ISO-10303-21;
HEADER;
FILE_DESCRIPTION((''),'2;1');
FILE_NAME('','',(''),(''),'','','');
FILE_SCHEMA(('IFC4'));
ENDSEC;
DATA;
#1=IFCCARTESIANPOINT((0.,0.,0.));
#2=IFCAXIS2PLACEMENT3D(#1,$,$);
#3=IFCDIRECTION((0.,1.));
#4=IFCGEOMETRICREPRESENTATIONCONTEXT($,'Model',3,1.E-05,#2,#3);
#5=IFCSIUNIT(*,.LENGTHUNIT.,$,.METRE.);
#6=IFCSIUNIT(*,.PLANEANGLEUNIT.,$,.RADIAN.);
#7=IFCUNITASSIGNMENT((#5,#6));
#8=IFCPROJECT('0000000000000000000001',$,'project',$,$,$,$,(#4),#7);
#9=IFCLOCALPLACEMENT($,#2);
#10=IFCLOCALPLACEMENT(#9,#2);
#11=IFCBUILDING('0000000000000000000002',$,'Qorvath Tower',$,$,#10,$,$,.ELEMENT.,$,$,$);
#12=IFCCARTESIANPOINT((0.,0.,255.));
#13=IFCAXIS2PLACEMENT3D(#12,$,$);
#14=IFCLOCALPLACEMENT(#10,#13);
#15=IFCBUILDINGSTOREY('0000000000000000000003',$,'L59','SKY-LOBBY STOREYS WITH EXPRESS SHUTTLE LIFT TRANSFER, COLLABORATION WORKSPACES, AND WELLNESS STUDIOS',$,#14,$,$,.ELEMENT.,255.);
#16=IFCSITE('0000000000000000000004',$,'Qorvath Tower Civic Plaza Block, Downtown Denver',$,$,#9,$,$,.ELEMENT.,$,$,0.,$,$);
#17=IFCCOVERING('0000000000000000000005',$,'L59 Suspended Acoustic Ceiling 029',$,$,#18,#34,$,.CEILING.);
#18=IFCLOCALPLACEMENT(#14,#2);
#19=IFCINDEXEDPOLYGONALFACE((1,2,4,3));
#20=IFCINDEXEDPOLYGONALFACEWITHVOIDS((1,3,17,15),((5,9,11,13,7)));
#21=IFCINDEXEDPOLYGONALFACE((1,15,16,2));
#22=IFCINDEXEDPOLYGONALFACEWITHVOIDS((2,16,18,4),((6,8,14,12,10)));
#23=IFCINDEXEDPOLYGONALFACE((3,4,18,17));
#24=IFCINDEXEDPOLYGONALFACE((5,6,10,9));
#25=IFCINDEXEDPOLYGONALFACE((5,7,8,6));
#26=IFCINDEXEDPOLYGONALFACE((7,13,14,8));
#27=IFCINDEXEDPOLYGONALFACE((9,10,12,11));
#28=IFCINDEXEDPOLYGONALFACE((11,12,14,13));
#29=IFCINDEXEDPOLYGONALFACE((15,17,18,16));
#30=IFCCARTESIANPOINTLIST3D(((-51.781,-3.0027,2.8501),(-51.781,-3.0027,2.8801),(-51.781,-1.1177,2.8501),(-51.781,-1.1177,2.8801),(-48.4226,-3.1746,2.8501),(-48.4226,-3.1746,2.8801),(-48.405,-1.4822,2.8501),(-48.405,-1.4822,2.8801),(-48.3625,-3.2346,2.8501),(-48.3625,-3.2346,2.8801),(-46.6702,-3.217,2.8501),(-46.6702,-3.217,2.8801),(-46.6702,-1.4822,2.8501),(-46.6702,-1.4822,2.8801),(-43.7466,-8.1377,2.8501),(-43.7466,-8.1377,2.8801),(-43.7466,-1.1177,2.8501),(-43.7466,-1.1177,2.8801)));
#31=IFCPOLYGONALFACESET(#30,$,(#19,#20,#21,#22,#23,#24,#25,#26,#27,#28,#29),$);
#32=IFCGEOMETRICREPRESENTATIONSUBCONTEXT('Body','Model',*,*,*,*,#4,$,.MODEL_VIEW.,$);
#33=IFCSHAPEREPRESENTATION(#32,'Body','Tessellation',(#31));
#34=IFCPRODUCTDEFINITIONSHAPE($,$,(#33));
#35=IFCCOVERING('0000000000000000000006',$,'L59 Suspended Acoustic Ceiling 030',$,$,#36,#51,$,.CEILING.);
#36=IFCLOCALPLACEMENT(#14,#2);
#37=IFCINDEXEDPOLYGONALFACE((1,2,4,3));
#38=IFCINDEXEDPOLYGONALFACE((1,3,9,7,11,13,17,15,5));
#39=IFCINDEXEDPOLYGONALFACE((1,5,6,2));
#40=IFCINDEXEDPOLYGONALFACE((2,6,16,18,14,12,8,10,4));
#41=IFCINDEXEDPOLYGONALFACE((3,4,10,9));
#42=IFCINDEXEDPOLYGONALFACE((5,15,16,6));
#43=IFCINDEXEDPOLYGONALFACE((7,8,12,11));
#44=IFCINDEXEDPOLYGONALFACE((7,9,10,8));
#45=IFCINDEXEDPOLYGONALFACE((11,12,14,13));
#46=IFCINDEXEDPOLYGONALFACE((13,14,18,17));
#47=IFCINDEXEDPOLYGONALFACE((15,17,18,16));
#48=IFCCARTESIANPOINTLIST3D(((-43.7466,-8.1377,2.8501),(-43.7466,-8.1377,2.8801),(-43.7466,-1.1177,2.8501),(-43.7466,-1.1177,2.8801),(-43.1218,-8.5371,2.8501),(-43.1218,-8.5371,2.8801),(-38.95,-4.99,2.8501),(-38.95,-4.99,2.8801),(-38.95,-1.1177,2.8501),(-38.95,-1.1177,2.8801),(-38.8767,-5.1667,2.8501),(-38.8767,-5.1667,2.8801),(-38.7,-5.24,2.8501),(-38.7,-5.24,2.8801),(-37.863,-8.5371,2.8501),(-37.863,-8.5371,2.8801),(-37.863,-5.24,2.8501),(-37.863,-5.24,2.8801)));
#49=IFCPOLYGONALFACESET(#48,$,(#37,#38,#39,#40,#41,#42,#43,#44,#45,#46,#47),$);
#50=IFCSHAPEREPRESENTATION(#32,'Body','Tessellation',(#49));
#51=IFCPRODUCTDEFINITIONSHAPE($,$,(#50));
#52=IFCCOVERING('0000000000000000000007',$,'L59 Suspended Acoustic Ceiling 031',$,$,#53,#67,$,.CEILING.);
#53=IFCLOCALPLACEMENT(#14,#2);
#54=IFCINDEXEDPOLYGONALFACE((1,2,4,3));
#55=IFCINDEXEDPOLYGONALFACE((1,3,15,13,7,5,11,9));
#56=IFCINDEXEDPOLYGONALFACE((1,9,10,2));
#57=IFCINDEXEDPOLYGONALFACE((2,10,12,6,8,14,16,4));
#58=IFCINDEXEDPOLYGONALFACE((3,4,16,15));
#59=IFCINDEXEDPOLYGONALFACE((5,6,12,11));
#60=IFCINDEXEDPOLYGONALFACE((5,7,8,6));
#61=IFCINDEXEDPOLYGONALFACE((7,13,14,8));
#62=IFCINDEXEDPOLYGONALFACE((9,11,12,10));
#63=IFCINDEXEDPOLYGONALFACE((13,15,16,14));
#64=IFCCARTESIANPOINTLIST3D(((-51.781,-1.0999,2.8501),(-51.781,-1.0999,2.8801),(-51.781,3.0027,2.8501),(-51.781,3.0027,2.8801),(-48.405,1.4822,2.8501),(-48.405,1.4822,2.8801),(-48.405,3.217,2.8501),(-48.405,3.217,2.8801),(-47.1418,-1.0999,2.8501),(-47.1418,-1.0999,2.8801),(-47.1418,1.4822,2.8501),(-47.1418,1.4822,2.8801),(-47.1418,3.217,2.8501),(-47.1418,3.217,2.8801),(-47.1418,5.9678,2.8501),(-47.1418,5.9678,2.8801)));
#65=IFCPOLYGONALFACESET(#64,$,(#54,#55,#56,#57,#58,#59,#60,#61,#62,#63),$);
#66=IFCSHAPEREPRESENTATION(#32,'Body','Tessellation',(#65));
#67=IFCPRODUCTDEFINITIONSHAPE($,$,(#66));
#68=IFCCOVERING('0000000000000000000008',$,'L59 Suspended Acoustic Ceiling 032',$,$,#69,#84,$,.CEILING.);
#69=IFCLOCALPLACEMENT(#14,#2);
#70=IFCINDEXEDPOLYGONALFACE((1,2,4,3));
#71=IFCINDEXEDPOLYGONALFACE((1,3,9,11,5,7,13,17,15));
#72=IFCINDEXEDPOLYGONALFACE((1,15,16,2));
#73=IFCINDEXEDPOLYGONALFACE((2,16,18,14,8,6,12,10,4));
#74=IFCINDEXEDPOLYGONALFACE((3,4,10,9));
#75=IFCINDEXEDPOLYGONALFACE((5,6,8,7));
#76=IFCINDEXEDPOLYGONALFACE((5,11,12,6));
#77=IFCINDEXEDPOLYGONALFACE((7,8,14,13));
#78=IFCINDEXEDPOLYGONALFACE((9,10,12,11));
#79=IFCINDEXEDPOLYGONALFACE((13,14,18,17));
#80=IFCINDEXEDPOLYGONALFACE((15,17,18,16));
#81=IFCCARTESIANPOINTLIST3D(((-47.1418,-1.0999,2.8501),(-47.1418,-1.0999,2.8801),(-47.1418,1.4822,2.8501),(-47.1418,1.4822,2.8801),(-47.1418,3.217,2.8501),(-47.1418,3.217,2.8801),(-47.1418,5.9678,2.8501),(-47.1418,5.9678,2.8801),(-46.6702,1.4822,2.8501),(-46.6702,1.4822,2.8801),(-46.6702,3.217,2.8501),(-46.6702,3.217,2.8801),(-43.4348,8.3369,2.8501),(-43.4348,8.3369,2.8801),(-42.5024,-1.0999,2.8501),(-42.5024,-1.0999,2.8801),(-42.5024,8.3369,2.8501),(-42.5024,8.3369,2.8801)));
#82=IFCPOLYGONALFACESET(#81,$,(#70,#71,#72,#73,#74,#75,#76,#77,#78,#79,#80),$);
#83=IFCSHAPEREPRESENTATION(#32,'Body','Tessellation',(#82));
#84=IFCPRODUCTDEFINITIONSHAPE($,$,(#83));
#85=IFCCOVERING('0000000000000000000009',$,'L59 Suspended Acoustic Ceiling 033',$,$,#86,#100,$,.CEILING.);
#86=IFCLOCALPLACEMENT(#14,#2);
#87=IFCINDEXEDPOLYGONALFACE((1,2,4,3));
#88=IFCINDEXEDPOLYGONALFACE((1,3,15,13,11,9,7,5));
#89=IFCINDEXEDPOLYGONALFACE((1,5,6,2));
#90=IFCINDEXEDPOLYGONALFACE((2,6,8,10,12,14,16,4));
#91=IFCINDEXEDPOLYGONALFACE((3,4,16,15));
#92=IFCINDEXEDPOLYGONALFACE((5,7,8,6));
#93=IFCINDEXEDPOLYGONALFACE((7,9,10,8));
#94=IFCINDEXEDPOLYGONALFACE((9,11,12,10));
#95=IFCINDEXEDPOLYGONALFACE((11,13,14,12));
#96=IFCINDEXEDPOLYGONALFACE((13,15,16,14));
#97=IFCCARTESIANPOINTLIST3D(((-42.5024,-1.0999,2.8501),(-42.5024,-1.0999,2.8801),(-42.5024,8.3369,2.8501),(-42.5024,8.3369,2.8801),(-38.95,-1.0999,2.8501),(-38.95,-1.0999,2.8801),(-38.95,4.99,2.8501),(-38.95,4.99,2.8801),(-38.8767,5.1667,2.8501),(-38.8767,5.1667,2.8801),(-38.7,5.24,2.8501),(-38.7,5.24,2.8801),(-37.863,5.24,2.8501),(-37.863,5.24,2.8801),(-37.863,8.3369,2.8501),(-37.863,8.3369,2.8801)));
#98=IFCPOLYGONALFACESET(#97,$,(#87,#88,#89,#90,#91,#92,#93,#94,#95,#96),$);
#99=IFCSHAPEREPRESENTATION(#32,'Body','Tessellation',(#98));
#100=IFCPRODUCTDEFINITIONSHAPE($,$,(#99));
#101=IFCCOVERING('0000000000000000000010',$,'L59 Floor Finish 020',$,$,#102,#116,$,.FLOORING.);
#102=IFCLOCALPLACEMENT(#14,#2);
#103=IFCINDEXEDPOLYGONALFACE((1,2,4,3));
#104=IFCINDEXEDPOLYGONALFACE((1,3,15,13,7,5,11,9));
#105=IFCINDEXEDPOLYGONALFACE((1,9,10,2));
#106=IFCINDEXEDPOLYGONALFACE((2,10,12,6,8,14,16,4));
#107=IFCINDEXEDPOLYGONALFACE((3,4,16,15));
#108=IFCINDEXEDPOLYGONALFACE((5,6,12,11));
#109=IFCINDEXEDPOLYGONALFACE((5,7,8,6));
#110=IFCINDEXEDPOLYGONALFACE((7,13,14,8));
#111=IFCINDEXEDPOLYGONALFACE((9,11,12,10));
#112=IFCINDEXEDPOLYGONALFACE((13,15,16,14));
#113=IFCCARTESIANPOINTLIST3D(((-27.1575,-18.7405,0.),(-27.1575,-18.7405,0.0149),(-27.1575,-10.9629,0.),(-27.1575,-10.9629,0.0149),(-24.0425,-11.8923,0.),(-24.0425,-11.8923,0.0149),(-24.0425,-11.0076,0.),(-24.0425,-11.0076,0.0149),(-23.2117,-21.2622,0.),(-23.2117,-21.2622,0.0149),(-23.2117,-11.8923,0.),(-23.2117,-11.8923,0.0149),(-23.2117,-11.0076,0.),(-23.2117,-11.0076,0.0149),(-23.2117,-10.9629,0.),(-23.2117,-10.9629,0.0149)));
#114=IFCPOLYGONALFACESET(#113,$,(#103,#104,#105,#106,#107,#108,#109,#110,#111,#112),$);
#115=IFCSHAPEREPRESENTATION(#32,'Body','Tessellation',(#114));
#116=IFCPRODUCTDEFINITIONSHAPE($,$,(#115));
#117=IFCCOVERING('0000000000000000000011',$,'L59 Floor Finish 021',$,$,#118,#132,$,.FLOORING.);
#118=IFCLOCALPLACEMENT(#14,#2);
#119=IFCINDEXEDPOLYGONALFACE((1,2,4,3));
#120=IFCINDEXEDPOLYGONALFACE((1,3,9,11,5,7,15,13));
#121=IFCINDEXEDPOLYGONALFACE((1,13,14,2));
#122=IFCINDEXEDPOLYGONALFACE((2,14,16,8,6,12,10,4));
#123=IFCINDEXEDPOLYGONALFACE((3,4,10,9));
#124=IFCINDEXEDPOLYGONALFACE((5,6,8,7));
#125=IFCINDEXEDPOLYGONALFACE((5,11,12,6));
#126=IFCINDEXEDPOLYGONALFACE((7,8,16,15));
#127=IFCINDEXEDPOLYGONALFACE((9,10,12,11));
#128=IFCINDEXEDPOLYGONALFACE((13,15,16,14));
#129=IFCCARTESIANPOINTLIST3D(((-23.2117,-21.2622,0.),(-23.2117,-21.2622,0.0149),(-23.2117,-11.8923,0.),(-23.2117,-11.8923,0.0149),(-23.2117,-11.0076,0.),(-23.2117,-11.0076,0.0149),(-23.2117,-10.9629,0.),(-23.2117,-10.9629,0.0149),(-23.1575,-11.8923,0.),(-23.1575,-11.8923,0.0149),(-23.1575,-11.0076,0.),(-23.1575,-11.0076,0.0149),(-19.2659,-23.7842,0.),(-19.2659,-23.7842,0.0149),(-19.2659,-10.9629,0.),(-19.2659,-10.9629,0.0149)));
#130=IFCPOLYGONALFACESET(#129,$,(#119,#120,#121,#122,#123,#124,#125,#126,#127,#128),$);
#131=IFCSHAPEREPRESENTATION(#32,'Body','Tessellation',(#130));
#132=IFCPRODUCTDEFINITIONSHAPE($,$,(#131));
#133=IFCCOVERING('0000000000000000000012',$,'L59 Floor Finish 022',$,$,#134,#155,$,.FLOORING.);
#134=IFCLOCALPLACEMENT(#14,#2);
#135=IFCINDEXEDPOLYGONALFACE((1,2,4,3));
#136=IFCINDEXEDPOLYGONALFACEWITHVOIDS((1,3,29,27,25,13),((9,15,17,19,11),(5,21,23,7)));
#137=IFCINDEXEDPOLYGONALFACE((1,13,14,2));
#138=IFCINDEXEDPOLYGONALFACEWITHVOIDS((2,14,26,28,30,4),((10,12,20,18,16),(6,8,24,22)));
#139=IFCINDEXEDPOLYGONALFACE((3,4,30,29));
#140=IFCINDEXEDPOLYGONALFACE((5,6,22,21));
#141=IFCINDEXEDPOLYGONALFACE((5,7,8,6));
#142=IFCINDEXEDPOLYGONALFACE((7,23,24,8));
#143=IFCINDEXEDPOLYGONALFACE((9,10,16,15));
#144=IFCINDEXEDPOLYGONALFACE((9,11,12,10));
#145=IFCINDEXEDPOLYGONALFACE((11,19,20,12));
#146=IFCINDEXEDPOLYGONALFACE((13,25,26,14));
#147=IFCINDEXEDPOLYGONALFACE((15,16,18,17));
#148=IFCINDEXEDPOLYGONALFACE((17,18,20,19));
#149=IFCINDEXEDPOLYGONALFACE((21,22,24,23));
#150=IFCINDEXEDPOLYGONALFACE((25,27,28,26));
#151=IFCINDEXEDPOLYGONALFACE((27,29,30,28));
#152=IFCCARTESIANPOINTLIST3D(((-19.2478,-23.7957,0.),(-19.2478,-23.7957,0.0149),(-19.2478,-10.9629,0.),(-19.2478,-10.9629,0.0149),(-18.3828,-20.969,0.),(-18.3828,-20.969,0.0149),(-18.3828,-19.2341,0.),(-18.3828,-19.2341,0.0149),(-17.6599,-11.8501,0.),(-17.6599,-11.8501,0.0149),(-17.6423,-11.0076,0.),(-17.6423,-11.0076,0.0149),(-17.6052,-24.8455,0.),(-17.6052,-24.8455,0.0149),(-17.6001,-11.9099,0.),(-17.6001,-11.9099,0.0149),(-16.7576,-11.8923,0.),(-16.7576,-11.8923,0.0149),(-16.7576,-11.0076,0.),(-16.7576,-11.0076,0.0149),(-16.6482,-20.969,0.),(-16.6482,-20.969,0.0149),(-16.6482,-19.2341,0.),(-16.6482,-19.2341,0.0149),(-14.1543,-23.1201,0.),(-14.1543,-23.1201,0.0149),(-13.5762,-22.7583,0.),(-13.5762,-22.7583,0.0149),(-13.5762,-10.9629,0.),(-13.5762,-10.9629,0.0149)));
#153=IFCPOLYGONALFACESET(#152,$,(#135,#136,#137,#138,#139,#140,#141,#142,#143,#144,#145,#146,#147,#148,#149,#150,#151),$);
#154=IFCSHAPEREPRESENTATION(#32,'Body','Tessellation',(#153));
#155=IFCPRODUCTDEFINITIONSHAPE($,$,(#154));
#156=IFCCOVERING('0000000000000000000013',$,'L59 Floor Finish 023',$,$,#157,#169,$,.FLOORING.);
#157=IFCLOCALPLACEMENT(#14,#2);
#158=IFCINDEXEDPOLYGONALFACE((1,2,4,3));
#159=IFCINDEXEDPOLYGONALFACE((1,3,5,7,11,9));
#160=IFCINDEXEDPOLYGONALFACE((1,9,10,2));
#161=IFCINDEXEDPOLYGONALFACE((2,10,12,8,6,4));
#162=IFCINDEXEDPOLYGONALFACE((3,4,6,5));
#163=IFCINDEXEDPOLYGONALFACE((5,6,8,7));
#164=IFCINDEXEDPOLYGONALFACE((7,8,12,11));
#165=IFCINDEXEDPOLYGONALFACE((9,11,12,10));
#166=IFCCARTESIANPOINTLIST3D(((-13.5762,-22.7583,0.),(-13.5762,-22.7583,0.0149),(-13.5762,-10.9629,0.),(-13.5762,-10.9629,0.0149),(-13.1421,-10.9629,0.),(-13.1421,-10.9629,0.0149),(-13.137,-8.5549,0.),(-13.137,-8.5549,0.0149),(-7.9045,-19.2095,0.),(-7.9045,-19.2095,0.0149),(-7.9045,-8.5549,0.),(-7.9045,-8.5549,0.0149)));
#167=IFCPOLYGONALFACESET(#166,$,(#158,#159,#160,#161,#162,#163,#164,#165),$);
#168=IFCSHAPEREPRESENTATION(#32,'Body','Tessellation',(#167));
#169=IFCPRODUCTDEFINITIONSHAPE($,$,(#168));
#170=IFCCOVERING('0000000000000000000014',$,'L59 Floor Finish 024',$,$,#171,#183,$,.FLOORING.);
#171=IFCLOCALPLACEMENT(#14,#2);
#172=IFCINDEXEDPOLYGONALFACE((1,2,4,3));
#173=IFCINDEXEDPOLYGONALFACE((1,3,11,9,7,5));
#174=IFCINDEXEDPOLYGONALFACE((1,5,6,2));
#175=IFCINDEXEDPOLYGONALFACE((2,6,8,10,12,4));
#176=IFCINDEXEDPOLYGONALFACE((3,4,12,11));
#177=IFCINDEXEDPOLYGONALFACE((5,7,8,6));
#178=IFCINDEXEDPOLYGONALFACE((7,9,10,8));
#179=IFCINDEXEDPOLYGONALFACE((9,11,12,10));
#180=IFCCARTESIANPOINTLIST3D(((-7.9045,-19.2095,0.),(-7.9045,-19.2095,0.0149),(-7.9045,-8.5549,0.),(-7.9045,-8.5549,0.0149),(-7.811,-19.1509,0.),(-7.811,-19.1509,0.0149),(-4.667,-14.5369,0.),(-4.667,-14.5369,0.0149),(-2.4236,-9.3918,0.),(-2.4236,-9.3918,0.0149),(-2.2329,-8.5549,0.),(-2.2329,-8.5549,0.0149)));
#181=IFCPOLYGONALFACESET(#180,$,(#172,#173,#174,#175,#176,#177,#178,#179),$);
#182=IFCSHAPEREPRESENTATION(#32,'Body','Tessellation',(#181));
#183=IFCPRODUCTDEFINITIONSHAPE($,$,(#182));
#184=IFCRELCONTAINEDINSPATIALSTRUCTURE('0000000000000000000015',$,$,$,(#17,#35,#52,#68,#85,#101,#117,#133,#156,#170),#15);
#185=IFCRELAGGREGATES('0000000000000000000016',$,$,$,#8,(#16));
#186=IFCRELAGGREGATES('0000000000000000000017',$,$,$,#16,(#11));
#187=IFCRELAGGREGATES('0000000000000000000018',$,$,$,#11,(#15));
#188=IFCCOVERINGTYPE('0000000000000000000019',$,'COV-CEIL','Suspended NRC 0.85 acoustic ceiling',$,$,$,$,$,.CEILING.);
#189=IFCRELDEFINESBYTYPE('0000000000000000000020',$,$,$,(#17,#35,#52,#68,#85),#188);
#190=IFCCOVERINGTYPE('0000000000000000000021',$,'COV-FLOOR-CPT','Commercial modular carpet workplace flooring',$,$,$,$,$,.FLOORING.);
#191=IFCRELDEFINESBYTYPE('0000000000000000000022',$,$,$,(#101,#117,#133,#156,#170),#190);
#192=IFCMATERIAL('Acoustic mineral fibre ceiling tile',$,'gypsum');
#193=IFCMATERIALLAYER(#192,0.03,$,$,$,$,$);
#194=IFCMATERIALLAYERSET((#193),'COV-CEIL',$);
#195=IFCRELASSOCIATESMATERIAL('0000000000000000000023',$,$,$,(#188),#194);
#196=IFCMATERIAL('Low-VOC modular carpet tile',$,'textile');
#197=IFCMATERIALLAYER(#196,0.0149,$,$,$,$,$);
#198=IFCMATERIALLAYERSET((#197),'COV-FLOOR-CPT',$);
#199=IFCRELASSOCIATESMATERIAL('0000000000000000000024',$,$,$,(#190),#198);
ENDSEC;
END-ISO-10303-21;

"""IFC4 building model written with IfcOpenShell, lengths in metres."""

from ifc_helpers import new_model, si_unit, direction, frame, origin, place, context, subcontext, project, spatial, polyline, outline, extrude, material, layer, layer_set, type_object, element, save


model = new_model("IFC4")

# Units and contexts
model_context = context("Model", 3, precision=1e-05, world=origin(), true_north=direction((0.0, 1.0)))
body_context = subcontext(model_context, "Body", "Model", "MODEL_VIEW")
ifc_project = project(units=[si_unit("LENGTHUNIT", "METRE"), si_unit("PLANEANGLEUNIT", "RADIAN")], contexts=[model_context])

# Site, building, storey
site_placement = place(None, origin())
site = spatial("IfcSite", under=ifc_project, at=site_placement, Name="Qorvath Tower Civic Plaza Block, Downtown Denver", CompositionType="ELEMENT", RefElevation=0.0)
building_placement = place(site_placement, origin())
building = spatial("IfcBuilding", under=site, at=building_placement, Name="Qorvath Tower", CompositionType="ELEMENT")
storey_placement = place(building_placement, frame((0.0, 0.0, 255.0)))
storey = spatial("IfcBuildingStorey", under=building, at=storey_placement, Name="L59", Description="SKY-LOBBY STOREYS WITH EXPRESS SHUTTLE LIFT TRANSFER, COLLABORATION WORKSPACES, AND WELLNESS STUDIOS", CompositionType="ELEMENT", Elevation=255.0)

# Coverings
ifc_material_1 = material(Name="Acoustic mineral fibre ceiling tile", Category="gypsum")
ifc_layer_1 = layer(ifc_material_1, 0.03)
ifc_layer_set_1 = layer_set([ifc_layer_1], Name="COV-CEIL")
covering_type_1 = type_object("IfcCoveringType", Name="COV-CEIL", Description="Suspended NRC 0.85 acoustic ceiling", PredefinedType="CEILING", material=ifc_layer_set_1)
covering_1_placement = place(storey_placement, frame((0.0, 0.0, 2.8501)))
element("IfcCovering", 1, at=covering_1_placement, inside=storey, type_object=covering_type_1, Name="L59 Suspended Acoustic Ceiling 029", PredefinedType="CEILING", context=body_context, shape_type="SweptSolid", body=[
    extrude(outline(polyline([(-43.7466, -8.1377), (-43.7466, -1.1177), (-51.781, -1.1177), (-51.781, -3.0027), (-43.7466, -8.1377)]), holes=[polyline([(-48.4226, -3.1746), (-48.405, -1.4822), (-46.6702, -1.4822), (-46.6702, -3.217), (-48.3625, -3.2346), (-48.4226, -3.1746)])]), origin(), (0.0, 0.0, 1.0), 0.03),
])
covering_2_placement = place(storey_placement, frame((0.0, 0.0, 2.8501)))
element("IfcCovering", 2, at=covering_2_placement, inside=storey, type_object=covering_type_1, Name="L59 Suspended Acoustic Ceiling 030", PredefinedType="CEILING", context=body_context, shape_type="SweptSolid", body=[
    extrude(outline(polyline([(-37.863, -8.5371), (-37.863, -5.24), (-38.7, -5.24), (-38.8767, -5.1667), (-38.95, -4.99), (-38.95, -1.1177), (-43.7466, -1.1177), (-43.7466, -8.1377), (-43.1218, -8.5371), (-37.863, -8.5371)])), origin(), (0.0, 0.0, 1.0), 0.03),
])
covering_3_placement = place(storey_placement, frame((0.0, 0.0, 2.8501)))
element("IfcCovering", 3, at=covering_3_placement, inside=storey, type_object=covering_type_1, Name="L59 Suspended Acoustic Ceiling 031", PredefinedType="CEILING", context=body_context, shape_type="SweptSolid", body=[
    extrude(outline(polyline([(-47.1418, -1.0999), (-47.1418, 1.4822), (-48.405, 1.4822), (-48.405, 3.217), (-47.1418, 3.217), (-47.1418, 5.9678), (-51.781, 3.0027), (-51.781, -1.0999), (-47.1418, -1.0999)])), origin(), (0.0, 0.0, 1.0), 0.03),
])
covering_4_placement = place(storey_placement, frame((0.0, 0.0, 2.8501)))
element("IfcCovering", 4, at=covering_4_placement, inside=storey, type_object=covering_type_1, Name="L59 Suspended Acoustic Ceiling 032", PredefinedType="CEILING", context=body_context, shape_type="SweptSolid", body=[
    extrude(outline(polyline([(-42.5024, -1.0999), (-42.5024, 8.3369), (-43.4348, 8.3369), (-47.1418, 5.9678), (-47.1418, 3.217), (-46.6702, 3.217), (-46.6702, 1.4822), (-47.1418, 1.4822), (-47.1418, -1.0999), (-42.5024, -1.0999)])), origin(), (0.0, 0.0, 1.0), 0.03),
])
covering_5_placement = place(storey_placement, frame((0.0, 0.0, 2.8501)))
element("IfcCovering", 5, at=covering_5_placement, inside=storey, type_object=covering_type_1, Name="L59 Suspended Acoustic Ceiling 033", PredefinedType="CEILING", context=body_context, shape_type="SweptSolid", body=[
    extrude(outline(polyline([(-37.863, 5.24), (-37.863, 8.3369), (-42.5024, 8.3369), (-42.5024, -1.0999), (-38.95, -1.0999), (-38.95, 4.99), (-38.8767, 5.1667), (-38.7, 5.24), (-37.863, 5.24)])), origin(), (0.0, 0.0, 1.0), 0.03),
])
ifc_material_2 = material(Name="Low-VOC modular carpet tile", Category="textile")
ifc_layer_2 = layer(ifc_material_2, 0.0149)
ifc_layer_set_2 = layer_set([ifc_layer_2], Name="COV-FLOOR-CPT")
covering_type_2 = type_object("IfcCoveringType", Name="COV-FLOOR-CPT", Description="Commercial modular carpet workplace flooring", PredefinedType="FLOORING", material=ifc_layer_set_2)
covering_6_placement = place(storey_placement, origin())
element("IfcCovering", 6, at=covering_6_placement, inside=storey, type_object=covering_type_2, Name="L59 Floor Finish 020", PredefinedType="FLOORING", context=body_context, shape_type="SweptSolid", body=[
    extrude(outline(polyline([(-27.1575, -10.9629), (-27.1575, -18.7405), (-23.2117, -21.2622), (-23.2117, -11.8923), (-24.0425, -11.8923), (-24.0425, -11.0076), (-23.2117, -11.0076), (-23.2117, -10.9629), (-27.1575, -10.9629)])), origin(), (0.0, 0.0, 1.0), 0.0149),
])
covering_7_placement = place(storey_placement, origin())
element("IfcCovering", 7, at=covering_7_placement, inside=storey, type_object=covering_type_2, Name="L59 Floor Finish 021", PredefinedType="FLOORING", context=body_context, shape_type="SweptSolid", body=[
    extrude(outline(polyline([(-23.2117, -10.9629), (-23.2117, -11.0076), (-23.1575, -11.0076), (-23.1575, -11.8923), (-23.2117, -11.8923), (-23.2117, -21.2622), (-19.2659, -23.7842), (-19.2659, -10.9629), (-23.2117, -10.9629)])), origin(), (0.0, 0.0, 1.0), 0.0149),
])
covering_8_placement = place(storey_placement, origin())
element("IfcCovering", 8, at=covering_8_placement, inside=storey, type_object=covering_type_2, Name="L59 Floor Finish 022", PredefinedType="FLOORING", context=body_context, shape_type="SweptSolid", body=[
    extrude(outline(polyline([(-17.6052, -24.8455), (-14.1543, -23.1201), (-13.5762, -22.7583), (-13.5762, -10.9629), (-19.2478, -10.9629), (-19.2478, -23.7957), (-17.6052, -24.8455)]), holes=[polyline([(-18.3828, -20.969), (-18.3828, -19.2341), (-16.6482, -19.2341), (-16.6482, -20.969), (-18.3828, -20.969)]), polyline([(-17.6599, -11.8501), (-17.6423, -11.0076), (-16.7576, -11.0076), (-16.7576, -11.8923), (-17.6001, -11.9099), (-17.6599, -11.8501)])]), origin(), (0.0, 0.0, 1.0), 0.0149),
])
covering_9_placement = place(storey_placement, origin())
element("IfcCovering", 9, at=covering_9_placement, inside=storey, type_object=covering_type_2, Name="L59 Floor Finish 023", PredefinedType="FLOORING", context=body_context, shape_type="SweptSolid", body=[
    extrude(outline(polyline([(-13.5762, -10.9629), (-13.5762, -22.7583), (-7.9045, -19.2095), (-7.9045, -8.5549), (-13.137, -8.5549), (-13.1421, -10.9629), (-13.5762, -10.9629)])), origin(), (0.0, 0.0, 1.0), 0.0149),
])
covering_10_placement = place(storey_placement, origin())
element("IfcCovering", 10, at=covering_10_placement, inside=storey, type_object=covering_type_2, Name="L59 Floor Finish 024", PredefinedType="FLOORING", context=body_context, shape_type="SweptSolid", body=[
    extrude(outline(polyline([(-7.9045, -8.5549), (-7.9045, -19.2095), (-7.811, -19.1509), (-4.667, -14.5369), (-2.4236, -9.3918), (-2.2329, -8.5549), (-7.9045, -8.5549)])), origin(), (0.0, 0.0, 1.0), 0.0149),
])

save(model, "model.ifc")
